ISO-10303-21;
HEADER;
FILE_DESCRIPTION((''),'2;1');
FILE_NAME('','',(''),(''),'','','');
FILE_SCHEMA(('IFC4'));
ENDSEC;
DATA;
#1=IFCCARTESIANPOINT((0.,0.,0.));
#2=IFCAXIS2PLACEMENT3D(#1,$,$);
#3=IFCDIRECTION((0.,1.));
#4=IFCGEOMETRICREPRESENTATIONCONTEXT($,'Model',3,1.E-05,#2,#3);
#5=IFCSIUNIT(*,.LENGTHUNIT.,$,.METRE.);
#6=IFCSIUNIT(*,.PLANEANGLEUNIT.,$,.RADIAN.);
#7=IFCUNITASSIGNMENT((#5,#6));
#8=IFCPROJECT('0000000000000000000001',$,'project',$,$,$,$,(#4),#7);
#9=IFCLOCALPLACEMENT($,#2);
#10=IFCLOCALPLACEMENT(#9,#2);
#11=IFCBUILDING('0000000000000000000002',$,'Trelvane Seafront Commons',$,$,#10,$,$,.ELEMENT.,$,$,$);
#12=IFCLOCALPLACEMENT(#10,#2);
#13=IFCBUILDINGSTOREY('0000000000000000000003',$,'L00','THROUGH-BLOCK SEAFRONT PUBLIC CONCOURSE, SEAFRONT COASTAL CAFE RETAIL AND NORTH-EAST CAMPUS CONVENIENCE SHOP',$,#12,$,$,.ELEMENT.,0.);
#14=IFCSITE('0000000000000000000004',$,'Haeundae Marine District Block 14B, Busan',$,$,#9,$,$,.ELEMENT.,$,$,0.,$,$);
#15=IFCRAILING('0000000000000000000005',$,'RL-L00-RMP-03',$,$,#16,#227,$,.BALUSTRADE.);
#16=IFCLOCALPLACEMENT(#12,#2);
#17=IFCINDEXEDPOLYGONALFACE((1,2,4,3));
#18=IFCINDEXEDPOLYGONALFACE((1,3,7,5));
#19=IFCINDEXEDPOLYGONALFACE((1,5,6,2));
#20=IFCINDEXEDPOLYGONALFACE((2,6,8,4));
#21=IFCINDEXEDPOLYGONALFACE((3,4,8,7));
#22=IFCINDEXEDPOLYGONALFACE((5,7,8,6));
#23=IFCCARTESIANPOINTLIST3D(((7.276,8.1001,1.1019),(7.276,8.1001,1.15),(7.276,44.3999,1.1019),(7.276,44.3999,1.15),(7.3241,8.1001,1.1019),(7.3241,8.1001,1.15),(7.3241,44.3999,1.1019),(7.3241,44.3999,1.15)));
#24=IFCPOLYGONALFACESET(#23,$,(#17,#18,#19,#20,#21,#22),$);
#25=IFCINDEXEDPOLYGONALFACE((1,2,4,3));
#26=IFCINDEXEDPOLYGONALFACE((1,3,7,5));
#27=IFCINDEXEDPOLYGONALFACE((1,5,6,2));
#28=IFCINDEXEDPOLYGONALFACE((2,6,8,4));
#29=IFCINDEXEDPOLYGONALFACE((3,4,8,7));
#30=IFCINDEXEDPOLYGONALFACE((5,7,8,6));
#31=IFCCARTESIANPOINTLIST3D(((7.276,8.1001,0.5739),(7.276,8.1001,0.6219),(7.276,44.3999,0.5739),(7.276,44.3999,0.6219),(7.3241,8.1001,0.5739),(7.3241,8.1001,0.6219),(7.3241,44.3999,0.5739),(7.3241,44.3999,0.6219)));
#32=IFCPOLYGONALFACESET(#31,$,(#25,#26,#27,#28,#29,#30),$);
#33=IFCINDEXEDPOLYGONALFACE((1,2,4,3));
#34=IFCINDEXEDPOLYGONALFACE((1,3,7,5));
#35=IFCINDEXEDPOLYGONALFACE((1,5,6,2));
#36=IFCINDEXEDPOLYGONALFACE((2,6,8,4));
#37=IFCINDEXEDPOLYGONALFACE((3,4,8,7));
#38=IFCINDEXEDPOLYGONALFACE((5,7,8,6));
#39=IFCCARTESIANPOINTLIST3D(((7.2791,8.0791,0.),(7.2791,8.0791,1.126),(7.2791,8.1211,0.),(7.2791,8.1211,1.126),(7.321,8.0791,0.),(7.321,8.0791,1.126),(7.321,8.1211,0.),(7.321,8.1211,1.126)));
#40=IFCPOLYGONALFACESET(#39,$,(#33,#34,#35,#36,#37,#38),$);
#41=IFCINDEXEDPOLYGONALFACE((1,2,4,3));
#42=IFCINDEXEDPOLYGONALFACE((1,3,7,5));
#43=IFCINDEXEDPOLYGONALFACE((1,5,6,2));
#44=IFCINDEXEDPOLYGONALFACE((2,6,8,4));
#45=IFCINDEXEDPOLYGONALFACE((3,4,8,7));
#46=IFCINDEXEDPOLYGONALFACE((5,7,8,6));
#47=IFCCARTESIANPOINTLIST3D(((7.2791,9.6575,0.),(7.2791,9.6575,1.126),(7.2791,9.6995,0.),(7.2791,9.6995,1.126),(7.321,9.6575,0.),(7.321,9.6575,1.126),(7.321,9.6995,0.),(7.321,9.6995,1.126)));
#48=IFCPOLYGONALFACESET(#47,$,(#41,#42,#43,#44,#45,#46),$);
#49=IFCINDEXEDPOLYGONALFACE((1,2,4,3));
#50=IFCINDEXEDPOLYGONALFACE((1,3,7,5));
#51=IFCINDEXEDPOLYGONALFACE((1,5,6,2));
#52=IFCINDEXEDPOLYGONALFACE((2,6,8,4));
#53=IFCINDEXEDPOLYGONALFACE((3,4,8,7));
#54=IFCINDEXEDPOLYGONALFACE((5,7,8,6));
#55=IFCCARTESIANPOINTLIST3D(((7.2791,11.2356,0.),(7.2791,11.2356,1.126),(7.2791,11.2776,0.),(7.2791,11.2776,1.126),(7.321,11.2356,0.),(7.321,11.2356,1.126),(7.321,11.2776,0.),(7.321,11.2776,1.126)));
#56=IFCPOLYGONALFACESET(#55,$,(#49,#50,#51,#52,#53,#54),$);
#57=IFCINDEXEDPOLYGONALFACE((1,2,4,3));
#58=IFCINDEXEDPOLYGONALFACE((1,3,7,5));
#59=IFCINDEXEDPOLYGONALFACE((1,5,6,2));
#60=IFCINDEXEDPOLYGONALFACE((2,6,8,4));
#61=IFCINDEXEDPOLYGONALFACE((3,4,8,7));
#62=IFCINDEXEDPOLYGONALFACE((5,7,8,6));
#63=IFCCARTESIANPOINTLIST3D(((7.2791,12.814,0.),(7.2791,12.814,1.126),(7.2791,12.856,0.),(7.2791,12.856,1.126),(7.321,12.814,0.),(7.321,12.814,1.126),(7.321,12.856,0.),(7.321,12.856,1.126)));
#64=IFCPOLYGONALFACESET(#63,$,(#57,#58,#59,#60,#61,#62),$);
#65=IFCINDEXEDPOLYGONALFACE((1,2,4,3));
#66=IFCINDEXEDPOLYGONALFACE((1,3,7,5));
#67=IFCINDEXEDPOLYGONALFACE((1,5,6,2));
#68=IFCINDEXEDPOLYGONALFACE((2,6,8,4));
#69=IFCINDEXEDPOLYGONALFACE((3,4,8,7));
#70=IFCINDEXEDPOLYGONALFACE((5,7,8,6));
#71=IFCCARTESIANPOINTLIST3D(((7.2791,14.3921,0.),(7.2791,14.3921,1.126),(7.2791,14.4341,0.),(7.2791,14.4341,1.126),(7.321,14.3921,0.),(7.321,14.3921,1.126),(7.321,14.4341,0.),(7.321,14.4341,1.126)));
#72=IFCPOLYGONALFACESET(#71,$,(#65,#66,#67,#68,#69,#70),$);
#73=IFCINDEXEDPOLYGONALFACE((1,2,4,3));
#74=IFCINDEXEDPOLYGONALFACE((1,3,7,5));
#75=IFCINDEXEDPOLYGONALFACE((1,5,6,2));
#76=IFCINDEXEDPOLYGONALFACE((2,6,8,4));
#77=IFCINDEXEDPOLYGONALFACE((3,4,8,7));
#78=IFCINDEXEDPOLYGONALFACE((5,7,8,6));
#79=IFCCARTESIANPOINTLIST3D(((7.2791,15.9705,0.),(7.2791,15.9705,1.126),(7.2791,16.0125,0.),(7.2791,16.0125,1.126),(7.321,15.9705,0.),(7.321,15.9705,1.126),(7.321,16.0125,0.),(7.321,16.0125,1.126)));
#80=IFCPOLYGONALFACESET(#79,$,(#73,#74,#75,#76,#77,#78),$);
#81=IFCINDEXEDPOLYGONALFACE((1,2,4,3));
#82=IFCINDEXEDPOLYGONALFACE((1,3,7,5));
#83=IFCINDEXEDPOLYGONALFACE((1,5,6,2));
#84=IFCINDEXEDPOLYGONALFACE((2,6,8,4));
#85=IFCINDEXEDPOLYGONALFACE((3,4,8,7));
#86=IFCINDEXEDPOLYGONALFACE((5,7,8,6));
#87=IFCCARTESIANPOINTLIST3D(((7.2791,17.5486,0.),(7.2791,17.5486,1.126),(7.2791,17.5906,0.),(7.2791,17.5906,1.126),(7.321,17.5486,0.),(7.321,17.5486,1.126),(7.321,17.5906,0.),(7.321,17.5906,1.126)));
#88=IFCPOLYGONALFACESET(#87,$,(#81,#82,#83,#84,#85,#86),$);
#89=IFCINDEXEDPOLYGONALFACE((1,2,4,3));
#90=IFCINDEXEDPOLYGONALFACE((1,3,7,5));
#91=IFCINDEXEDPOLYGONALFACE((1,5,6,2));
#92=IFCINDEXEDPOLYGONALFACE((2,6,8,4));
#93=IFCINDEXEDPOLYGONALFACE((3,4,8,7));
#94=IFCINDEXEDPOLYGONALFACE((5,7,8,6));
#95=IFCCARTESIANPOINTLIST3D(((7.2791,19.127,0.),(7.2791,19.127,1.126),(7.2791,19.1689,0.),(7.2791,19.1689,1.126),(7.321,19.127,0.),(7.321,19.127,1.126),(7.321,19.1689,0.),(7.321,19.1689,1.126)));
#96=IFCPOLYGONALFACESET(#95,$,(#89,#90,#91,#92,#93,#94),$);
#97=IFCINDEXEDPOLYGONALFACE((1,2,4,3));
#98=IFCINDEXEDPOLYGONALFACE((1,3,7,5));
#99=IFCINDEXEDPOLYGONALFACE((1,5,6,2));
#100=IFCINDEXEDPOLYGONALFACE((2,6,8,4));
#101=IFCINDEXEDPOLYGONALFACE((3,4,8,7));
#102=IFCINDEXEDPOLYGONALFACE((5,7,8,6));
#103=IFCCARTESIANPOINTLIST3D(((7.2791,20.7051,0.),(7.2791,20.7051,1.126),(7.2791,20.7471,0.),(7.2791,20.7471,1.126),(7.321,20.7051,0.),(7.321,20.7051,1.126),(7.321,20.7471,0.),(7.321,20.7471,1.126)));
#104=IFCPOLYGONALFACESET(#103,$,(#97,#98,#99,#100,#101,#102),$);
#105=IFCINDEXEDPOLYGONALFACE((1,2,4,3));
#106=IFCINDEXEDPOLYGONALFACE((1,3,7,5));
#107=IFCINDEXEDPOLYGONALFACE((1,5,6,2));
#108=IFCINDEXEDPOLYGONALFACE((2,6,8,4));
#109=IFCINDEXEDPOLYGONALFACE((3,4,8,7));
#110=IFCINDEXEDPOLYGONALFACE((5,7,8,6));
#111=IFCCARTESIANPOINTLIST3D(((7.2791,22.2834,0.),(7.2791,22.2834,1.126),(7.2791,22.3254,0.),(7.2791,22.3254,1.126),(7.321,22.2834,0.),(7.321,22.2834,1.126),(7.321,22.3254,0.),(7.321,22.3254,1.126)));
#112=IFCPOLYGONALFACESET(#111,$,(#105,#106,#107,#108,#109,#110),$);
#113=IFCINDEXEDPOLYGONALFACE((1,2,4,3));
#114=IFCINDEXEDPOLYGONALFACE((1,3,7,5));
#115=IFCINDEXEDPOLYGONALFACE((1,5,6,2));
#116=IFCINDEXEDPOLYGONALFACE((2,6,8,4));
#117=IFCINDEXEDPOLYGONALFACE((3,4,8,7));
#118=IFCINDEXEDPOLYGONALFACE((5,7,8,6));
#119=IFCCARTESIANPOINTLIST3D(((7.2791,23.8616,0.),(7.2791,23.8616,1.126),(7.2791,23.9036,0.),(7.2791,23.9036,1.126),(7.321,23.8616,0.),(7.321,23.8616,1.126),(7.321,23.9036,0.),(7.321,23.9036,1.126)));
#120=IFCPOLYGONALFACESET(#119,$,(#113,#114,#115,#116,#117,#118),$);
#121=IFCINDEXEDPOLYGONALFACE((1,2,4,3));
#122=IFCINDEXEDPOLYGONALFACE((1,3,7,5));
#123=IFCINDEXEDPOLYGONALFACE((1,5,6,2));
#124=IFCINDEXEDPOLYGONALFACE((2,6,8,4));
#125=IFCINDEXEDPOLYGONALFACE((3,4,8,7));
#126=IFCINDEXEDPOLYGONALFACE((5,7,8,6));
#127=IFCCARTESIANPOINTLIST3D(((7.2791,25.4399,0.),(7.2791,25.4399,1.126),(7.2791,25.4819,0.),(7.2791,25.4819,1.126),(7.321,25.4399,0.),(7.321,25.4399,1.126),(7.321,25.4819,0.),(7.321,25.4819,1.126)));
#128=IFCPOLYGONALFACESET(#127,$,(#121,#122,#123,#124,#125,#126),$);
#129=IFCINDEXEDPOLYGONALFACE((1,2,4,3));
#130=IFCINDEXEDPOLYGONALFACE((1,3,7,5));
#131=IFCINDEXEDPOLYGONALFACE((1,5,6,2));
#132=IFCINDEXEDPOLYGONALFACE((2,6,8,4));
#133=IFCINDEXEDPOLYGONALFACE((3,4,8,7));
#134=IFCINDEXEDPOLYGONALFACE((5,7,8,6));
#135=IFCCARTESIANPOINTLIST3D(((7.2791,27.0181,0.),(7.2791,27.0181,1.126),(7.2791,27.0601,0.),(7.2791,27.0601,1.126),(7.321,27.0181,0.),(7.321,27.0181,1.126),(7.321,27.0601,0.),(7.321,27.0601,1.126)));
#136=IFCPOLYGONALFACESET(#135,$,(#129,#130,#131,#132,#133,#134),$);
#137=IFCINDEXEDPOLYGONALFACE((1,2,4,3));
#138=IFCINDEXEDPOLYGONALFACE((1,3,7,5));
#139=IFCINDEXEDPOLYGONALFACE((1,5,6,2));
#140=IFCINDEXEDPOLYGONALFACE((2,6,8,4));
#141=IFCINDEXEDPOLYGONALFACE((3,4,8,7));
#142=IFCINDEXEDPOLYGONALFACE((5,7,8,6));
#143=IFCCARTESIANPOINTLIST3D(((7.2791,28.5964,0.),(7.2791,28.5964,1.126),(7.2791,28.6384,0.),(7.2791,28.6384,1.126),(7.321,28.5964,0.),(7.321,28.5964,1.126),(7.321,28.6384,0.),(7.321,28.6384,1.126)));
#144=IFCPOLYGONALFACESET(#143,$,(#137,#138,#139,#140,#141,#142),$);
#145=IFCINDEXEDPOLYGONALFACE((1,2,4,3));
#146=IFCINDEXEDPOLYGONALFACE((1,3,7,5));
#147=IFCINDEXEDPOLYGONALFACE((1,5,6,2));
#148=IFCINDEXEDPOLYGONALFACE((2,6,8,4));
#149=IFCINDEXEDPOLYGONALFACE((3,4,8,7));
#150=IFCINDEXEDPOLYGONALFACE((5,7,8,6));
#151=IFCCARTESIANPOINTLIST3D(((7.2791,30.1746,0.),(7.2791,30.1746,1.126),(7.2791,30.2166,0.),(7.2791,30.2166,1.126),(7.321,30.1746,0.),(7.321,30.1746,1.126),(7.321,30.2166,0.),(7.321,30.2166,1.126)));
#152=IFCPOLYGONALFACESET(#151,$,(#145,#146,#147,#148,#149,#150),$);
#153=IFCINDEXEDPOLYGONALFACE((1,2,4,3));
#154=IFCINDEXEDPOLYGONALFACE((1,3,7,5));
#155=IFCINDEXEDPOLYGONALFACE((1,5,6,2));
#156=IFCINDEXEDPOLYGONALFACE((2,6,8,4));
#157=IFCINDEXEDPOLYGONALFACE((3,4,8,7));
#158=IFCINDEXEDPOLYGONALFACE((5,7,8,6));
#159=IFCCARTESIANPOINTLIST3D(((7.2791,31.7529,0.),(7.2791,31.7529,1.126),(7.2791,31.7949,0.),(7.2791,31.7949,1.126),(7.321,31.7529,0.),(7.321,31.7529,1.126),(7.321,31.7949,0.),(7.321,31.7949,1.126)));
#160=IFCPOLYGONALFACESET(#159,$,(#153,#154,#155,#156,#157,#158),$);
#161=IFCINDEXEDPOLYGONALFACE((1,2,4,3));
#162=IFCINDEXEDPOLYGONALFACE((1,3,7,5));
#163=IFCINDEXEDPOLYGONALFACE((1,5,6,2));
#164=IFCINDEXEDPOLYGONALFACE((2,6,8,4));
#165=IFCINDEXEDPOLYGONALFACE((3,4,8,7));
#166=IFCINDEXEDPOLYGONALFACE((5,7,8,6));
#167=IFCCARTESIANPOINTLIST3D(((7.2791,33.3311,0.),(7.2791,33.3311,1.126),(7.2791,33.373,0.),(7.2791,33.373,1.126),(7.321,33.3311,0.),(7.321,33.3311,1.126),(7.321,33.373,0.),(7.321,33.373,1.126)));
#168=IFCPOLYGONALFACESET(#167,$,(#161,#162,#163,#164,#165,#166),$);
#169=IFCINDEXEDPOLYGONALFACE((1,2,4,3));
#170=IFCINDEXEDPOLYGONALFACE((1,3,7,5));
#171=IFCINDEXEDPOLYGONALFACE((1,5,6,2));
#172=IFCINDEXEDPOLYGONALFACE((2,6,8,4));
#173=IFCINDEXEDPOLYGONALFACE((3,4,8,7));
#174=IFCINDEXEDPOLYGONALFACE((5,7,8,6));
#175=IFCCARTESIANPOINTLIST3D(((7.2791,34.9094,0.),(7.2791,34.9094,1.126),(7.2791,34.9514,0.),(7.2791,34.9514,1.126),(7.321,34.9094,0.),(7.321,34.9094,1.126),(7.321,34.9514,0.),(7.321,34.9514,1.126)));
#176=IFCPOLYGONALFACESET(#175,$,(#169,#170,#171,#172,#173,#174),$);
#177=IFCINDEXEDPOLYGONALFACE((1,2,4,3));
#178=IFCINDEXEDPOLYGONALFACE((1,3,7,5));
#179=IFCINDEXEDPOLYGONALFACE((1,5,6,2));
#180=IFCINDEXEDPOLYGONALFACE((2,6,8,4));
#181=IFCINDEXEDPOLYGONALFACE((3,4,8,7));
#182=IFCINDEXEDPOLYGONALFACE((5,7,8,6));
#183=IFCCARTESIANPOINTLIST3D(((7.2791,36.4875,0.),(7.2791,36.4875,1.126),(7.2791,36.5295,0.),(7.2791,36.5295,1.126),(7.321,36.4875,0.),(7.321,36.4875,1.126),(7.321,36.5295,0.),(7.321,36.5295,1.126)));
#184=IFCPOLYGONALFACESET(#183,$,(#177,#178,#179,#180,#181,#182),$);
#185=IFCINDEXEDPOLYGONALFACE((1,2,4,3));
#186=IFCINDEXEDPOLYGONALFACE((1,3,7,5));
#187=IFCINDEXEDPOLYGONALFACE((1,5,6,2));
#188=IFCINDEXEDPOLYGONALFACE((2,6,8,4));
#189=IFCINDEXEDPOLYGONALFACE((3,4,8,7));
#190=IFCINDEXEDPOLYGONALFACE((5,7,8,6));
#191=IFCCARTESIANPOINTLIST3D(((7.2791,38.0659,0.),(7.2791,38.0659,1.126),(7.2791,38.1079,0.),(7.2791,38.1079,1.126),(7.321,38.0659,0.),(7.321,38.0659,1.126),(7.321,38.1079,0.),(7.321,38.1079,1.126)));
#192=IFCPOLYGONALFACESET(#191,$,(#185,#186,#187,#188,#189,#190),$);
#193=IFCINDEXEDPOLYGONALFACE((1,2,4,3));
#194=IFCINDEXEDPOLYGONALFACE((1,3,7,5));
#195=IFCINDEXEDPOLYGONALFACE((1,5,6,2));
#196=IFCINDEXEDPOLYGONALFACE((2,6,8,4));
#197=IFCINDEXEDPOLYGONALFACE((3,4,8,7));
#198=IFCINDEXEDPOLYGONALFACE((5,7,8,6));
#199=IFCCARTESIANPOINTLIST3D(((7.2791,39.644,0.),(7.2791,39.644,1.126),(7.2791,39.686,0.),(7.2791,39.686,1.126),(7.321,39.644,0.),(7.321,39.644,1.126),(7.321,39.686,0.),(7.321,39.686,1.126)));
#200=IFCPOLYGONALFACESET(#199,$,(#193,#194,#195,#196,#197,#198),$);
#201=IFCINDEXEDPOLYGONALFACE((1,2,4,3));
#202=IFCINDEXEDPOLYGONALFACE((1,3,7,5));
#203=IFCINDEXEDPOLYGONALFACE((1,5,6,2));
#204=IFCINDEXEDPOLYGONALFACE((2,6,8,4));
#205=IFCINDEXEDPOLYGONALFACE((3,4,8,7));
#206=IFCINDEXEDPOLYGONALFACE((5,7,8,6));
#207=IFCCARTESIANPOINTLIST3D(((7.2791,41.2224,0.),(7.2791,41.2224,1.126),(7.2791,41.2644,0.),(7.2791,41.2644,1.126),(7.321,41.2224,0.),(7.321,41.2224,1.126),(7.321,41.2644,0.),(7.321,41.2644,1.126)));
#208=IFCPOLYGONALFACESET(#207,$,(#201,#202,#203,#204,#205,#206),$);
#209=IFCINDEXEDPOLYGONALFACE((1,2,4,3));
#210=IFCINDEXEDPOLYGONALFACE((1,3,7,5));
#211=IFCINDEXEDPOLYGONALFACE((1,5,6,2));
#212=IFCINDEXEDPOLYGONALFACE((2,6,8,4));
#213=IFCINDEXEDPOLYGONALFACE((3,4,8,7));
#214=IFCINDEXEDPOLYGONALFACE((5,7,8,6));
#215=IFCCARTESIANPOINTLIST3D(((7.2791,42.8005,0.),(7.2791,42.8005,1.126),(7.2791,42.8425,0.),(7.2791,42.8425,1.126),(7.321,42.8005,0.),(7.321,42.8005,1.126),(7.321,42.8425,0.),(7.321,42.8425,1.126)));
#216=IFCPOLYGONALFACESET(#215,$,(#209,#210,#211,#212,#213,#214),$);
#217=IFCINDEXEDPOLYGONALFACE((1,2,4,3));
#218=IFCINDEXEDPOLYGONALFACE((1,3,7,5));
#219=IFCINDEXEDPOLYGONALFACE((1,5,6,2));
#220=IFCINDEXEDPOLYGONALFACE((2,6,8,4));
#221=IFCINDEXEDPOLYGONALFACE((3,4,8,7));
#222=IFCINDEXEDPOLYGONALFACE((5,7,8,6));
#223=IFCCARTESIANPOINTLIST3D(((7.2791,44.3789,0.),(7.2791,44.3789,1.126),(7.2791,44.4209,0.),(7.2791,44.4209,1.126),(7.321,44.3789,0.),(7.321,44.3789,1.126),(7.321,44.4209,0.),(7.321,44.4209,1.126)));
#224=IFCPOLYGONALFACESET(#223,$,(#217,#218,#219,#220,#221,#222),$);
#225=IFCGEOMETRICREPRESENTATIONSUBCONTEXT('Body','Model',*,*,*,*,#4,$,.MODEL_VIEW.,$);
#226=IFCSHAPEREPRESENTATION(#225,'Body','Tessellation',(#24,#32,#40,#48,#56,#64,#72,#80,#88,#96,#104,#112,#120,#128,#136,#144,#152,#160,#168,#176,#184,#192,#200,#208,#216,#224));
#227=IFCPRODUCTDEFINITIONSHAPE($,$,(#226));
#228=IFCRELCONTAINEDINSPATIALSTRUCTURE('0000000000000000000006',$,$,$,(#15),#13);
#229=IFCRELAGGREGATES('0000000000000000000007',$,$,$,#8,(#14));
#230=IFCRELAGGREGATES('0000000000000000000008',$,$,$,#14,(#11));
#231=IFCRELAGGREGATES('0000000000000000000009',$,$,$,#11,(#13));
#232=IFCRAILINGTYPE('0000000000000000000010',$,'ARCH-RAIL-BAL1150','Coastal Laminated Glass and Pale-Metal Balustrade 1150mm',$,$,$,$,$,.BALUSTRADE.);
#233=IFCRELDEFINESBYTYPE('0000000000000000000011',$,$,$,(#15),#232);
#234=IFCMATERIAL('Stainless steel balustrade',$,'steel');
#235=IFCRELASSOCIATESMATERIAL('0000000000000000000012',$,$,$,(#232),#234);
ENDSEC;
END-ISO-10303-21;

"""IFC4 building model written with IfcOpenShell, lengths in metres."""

from ifc_helpers import new_model, si_unit, direction, frame, origin, origin_2d, place, context, subcontext, project, spatial, rectangle, extrude, material, type_object, element, save


model = new_model("IFC4")

# Units and contexts
model_context = context("Model", 3, precision=1e-05, world=origin(), true_north=direction((0.0, 1.0)))
body_context = subcontext(model_context, "Body", "Model", "MODEL_VIEW")
ifc_project = project(units=[si_unit("LENGTHUNIT", "METRE"), si_unit("PLANEANGLEUNIT", "RADIAN")], contexts=[model_context])

# Site, building, storey
site_placement = place(None, origin())
site = spatial("IfcSite", under=ifc_project, at=site_placement, Name="Haeundae Marine District Block 14B, Busan", CompositionType="ELEMENT", RefElevation=0.0)
building_placement = place(site_placement, origin())
building = spatial("IfcBuilding", under=site, at=building_placement, Name="Trelvane Seafront Commons", CompositionType="ELEMENT")
storey_placement = place(building_placement, origin())
storey = spatial("IfcBuildingStorey", under=building, at=storey_placement, Name="L00", Description="THROUGH-BLOCK SEAFRONT PUBLIC CONCOURSE, SEAFRONT COASTAL CAFE RETAIL AND NORTH-EAST CAMPUS CONVENIENCE SHOP", CompositionType="ELEMENT", Elevation=0.0)

# Railing
ifc_material_1 = material(Name="Stainless steel balustrade", Category="steel")
railing_type = type_object("IfcRailingType", Name="ARCH-RAIL-BAL1150", Description="Coastal Laminated Glass and Pale-Metal Balustrade 1150mm", PredefinedType="BALUSTRADE", material=ifc_material_1)
railing_1_placement = place(storey_placement, frame((7.3, 8.1001, 0.0)))
element("IfcRailing", 1, at=railing_1_placement, inside=storey, type_object=railing_type, Name="RL-L00-RMP-03", PredefinedType="BALUSTRADE", context=body_context, shape_type="SweptSolid", body=[
    extrude(rectangle(XDim=0.0481, YDim=0.0481, at=origin_2d()), frame((0.0, 0.0, 1.126), z_axis=(0.0, 1.0, 0.0), x_axis=(-1.0, 0.0, 0.0)), (0.0, 0.0, 1.0), 36.2998),
    extrude(rectangle(XDim=0.0481, YDim=0.0481, at=origin_2d()), frame((0.0, 0.0, 0.5979), z_axis=(0.0, 1.0, 0.0), x_axis=(-1.0, 0.0, 0.0)), (0.0, 0.0, 1.0), 36.2998),
    extrude(rectangle(XDim=0.042, YDim=0.042, at=origin_2d()), origin(), (0.0, 0.0, 1.0), 1.126),
    extrude(rectangle(XDim=0.042, YDim=0.042, at=origin_2d()), frame((0.0, 1.5784, 0.0)), (0.0, 0.0, 1.0), 1.126),
    extrude(rectangle(XDim=0.042, YDim=0.042, at=origin_2d()), frame((0.0, 3.1565, 0.0)), (0.0, 0.0, 1.0), 1.126),
    extrude(rectangle(XDim=0.042, YDim=0.042, at=origin_2d()), frame((0.0, 4.7349, 0.0)), (0.0, 0.0, 1.0), 1.126),
    extrude(rectangle(XDim=0.042, YDim=0.042, at=origin_2d()), frame((0.0, 6.313, 0.0)), (0.0, 0.0, 1.0), 1.126),
    extrude(rectangle(XDim=0.042, YDim=0.042, at=origin_2d()), frame((0.0, 7.8914, 0.0)), (0.0, 0.0, 1.0), 1.126),
    extrude(rectangle(XDim=0.042, YDim=0.042, at=origin_2d()), frame((0.0, 9.4695, 0.0)), (0.0, 0.0, 1.0), 1.126),
    extrude(rectangle(XDim=0.042, YDim=0.042, at=origin_2d()), frame((0.0, 11.0479, 0.0)), (0.0, 0.0, 1.0), 1.126),
    extrude(rectangle(XDim=0.042, YDim=0.042, at=origin_2d()), frame((0.0, 12.626, 0.0)), (0.0, 0.0, 1.0), 1.126),
    extrude(rectangle(XDim=0.042, YDim=0.042, at=origin_2d()), frame((0.0, 14.2043, 0.0)), (0.0, 0.0, 1.0), 1.126),
    extrude(rectangle(XDim=0.042, YDim=0.042, at=origin_2d()), frame((0.0, 15.7825, 0.0)), (0.0, 0.0, 1.0), 1.126),
    extrude(rectangle(XDim=0.042, YDim=0.042, at=origin_2d()), frame((0.0, 17.3608, 0.0)), (0.0, 0.0, 1.0), 1.126),
    extrude(rectangle(XDim=0.042, YDim=0.042, at=origin_2d()), frame((0.0, 18.939, 0.0)), (0.0, 0.0, 1.0), 1.126),
    extrude(rectangle(XDim=0.042, YDim=0.042, at=origin_2d()), frame((0.0, 20.5173, 0.0)), (0.0, 0.0, 1.0), 1.126),
    extrude(rectangle(XDim=0.042, YDim=0.042, at=origin_2d()), frame((0.0, 22.0955, 0.0)), (0.0, 0.0, 1.0), 1.126),
    extrude(rectangle(XDim=0.042, YDim=0.042, at=origin_2d()), frame((0.0, 23.6738, 0.0)), (0.0, 0.0, 1.0), 1.126),
    extrude(rectangle(XDim=0.042, YDim=0.042, at=origin_2d()), frame((0.0, 25.252, 0.0)), (0.0, 0.0, 1.0), 1.126),
    extrude(rectangle(XDim=0.042, YDim=0.042, at=origin_2d()), frame((0.0, 26.8303, 0.0)), (0.0, 0.0, 1.0), 1.126),
    extrude(rectangle(XDim=0.042, YDim=0.042, at=origin_2d()), frame((0.0, 28.4084, 0.0)), (0.0, 0.0, 1.0), 1.126),
    extrude(rectangle(XDim=0.042, YDim=0.042, at=origin_2d()), frame((0.0, 29.9868, 0.0)), (0.0, 0.0, 1.0), 1.126),
    extrude(rectangle(XDim=0.042, YDim=0.042, at=origin_2d()), frame((0.0, 31.5649, 0.0)), (0.0, 0.0, 1.0), 1.126),
    extrude(rectangle(XDim=0.042, YDim=0.042, at=origin_2d()), frame((0.0, 33.1433, 0.0)), (0.0, 0.0, 1.0), 1.126),
    extrude(rectangle(XDim=0.042, YDim=0.042, at=origin_2d()), frame((0.0, 34.7214, 0.0)), (0.0, 0.0, 1.0), 1.126),
    extrude(rectangle(XDim=0.042, YDim=0.042, at=origin_2d()), frame((0.0, 36.2998, 0.0)), (0.0, 0.0, 1.0), 1.126),
])

save(model, "model.ifc")
